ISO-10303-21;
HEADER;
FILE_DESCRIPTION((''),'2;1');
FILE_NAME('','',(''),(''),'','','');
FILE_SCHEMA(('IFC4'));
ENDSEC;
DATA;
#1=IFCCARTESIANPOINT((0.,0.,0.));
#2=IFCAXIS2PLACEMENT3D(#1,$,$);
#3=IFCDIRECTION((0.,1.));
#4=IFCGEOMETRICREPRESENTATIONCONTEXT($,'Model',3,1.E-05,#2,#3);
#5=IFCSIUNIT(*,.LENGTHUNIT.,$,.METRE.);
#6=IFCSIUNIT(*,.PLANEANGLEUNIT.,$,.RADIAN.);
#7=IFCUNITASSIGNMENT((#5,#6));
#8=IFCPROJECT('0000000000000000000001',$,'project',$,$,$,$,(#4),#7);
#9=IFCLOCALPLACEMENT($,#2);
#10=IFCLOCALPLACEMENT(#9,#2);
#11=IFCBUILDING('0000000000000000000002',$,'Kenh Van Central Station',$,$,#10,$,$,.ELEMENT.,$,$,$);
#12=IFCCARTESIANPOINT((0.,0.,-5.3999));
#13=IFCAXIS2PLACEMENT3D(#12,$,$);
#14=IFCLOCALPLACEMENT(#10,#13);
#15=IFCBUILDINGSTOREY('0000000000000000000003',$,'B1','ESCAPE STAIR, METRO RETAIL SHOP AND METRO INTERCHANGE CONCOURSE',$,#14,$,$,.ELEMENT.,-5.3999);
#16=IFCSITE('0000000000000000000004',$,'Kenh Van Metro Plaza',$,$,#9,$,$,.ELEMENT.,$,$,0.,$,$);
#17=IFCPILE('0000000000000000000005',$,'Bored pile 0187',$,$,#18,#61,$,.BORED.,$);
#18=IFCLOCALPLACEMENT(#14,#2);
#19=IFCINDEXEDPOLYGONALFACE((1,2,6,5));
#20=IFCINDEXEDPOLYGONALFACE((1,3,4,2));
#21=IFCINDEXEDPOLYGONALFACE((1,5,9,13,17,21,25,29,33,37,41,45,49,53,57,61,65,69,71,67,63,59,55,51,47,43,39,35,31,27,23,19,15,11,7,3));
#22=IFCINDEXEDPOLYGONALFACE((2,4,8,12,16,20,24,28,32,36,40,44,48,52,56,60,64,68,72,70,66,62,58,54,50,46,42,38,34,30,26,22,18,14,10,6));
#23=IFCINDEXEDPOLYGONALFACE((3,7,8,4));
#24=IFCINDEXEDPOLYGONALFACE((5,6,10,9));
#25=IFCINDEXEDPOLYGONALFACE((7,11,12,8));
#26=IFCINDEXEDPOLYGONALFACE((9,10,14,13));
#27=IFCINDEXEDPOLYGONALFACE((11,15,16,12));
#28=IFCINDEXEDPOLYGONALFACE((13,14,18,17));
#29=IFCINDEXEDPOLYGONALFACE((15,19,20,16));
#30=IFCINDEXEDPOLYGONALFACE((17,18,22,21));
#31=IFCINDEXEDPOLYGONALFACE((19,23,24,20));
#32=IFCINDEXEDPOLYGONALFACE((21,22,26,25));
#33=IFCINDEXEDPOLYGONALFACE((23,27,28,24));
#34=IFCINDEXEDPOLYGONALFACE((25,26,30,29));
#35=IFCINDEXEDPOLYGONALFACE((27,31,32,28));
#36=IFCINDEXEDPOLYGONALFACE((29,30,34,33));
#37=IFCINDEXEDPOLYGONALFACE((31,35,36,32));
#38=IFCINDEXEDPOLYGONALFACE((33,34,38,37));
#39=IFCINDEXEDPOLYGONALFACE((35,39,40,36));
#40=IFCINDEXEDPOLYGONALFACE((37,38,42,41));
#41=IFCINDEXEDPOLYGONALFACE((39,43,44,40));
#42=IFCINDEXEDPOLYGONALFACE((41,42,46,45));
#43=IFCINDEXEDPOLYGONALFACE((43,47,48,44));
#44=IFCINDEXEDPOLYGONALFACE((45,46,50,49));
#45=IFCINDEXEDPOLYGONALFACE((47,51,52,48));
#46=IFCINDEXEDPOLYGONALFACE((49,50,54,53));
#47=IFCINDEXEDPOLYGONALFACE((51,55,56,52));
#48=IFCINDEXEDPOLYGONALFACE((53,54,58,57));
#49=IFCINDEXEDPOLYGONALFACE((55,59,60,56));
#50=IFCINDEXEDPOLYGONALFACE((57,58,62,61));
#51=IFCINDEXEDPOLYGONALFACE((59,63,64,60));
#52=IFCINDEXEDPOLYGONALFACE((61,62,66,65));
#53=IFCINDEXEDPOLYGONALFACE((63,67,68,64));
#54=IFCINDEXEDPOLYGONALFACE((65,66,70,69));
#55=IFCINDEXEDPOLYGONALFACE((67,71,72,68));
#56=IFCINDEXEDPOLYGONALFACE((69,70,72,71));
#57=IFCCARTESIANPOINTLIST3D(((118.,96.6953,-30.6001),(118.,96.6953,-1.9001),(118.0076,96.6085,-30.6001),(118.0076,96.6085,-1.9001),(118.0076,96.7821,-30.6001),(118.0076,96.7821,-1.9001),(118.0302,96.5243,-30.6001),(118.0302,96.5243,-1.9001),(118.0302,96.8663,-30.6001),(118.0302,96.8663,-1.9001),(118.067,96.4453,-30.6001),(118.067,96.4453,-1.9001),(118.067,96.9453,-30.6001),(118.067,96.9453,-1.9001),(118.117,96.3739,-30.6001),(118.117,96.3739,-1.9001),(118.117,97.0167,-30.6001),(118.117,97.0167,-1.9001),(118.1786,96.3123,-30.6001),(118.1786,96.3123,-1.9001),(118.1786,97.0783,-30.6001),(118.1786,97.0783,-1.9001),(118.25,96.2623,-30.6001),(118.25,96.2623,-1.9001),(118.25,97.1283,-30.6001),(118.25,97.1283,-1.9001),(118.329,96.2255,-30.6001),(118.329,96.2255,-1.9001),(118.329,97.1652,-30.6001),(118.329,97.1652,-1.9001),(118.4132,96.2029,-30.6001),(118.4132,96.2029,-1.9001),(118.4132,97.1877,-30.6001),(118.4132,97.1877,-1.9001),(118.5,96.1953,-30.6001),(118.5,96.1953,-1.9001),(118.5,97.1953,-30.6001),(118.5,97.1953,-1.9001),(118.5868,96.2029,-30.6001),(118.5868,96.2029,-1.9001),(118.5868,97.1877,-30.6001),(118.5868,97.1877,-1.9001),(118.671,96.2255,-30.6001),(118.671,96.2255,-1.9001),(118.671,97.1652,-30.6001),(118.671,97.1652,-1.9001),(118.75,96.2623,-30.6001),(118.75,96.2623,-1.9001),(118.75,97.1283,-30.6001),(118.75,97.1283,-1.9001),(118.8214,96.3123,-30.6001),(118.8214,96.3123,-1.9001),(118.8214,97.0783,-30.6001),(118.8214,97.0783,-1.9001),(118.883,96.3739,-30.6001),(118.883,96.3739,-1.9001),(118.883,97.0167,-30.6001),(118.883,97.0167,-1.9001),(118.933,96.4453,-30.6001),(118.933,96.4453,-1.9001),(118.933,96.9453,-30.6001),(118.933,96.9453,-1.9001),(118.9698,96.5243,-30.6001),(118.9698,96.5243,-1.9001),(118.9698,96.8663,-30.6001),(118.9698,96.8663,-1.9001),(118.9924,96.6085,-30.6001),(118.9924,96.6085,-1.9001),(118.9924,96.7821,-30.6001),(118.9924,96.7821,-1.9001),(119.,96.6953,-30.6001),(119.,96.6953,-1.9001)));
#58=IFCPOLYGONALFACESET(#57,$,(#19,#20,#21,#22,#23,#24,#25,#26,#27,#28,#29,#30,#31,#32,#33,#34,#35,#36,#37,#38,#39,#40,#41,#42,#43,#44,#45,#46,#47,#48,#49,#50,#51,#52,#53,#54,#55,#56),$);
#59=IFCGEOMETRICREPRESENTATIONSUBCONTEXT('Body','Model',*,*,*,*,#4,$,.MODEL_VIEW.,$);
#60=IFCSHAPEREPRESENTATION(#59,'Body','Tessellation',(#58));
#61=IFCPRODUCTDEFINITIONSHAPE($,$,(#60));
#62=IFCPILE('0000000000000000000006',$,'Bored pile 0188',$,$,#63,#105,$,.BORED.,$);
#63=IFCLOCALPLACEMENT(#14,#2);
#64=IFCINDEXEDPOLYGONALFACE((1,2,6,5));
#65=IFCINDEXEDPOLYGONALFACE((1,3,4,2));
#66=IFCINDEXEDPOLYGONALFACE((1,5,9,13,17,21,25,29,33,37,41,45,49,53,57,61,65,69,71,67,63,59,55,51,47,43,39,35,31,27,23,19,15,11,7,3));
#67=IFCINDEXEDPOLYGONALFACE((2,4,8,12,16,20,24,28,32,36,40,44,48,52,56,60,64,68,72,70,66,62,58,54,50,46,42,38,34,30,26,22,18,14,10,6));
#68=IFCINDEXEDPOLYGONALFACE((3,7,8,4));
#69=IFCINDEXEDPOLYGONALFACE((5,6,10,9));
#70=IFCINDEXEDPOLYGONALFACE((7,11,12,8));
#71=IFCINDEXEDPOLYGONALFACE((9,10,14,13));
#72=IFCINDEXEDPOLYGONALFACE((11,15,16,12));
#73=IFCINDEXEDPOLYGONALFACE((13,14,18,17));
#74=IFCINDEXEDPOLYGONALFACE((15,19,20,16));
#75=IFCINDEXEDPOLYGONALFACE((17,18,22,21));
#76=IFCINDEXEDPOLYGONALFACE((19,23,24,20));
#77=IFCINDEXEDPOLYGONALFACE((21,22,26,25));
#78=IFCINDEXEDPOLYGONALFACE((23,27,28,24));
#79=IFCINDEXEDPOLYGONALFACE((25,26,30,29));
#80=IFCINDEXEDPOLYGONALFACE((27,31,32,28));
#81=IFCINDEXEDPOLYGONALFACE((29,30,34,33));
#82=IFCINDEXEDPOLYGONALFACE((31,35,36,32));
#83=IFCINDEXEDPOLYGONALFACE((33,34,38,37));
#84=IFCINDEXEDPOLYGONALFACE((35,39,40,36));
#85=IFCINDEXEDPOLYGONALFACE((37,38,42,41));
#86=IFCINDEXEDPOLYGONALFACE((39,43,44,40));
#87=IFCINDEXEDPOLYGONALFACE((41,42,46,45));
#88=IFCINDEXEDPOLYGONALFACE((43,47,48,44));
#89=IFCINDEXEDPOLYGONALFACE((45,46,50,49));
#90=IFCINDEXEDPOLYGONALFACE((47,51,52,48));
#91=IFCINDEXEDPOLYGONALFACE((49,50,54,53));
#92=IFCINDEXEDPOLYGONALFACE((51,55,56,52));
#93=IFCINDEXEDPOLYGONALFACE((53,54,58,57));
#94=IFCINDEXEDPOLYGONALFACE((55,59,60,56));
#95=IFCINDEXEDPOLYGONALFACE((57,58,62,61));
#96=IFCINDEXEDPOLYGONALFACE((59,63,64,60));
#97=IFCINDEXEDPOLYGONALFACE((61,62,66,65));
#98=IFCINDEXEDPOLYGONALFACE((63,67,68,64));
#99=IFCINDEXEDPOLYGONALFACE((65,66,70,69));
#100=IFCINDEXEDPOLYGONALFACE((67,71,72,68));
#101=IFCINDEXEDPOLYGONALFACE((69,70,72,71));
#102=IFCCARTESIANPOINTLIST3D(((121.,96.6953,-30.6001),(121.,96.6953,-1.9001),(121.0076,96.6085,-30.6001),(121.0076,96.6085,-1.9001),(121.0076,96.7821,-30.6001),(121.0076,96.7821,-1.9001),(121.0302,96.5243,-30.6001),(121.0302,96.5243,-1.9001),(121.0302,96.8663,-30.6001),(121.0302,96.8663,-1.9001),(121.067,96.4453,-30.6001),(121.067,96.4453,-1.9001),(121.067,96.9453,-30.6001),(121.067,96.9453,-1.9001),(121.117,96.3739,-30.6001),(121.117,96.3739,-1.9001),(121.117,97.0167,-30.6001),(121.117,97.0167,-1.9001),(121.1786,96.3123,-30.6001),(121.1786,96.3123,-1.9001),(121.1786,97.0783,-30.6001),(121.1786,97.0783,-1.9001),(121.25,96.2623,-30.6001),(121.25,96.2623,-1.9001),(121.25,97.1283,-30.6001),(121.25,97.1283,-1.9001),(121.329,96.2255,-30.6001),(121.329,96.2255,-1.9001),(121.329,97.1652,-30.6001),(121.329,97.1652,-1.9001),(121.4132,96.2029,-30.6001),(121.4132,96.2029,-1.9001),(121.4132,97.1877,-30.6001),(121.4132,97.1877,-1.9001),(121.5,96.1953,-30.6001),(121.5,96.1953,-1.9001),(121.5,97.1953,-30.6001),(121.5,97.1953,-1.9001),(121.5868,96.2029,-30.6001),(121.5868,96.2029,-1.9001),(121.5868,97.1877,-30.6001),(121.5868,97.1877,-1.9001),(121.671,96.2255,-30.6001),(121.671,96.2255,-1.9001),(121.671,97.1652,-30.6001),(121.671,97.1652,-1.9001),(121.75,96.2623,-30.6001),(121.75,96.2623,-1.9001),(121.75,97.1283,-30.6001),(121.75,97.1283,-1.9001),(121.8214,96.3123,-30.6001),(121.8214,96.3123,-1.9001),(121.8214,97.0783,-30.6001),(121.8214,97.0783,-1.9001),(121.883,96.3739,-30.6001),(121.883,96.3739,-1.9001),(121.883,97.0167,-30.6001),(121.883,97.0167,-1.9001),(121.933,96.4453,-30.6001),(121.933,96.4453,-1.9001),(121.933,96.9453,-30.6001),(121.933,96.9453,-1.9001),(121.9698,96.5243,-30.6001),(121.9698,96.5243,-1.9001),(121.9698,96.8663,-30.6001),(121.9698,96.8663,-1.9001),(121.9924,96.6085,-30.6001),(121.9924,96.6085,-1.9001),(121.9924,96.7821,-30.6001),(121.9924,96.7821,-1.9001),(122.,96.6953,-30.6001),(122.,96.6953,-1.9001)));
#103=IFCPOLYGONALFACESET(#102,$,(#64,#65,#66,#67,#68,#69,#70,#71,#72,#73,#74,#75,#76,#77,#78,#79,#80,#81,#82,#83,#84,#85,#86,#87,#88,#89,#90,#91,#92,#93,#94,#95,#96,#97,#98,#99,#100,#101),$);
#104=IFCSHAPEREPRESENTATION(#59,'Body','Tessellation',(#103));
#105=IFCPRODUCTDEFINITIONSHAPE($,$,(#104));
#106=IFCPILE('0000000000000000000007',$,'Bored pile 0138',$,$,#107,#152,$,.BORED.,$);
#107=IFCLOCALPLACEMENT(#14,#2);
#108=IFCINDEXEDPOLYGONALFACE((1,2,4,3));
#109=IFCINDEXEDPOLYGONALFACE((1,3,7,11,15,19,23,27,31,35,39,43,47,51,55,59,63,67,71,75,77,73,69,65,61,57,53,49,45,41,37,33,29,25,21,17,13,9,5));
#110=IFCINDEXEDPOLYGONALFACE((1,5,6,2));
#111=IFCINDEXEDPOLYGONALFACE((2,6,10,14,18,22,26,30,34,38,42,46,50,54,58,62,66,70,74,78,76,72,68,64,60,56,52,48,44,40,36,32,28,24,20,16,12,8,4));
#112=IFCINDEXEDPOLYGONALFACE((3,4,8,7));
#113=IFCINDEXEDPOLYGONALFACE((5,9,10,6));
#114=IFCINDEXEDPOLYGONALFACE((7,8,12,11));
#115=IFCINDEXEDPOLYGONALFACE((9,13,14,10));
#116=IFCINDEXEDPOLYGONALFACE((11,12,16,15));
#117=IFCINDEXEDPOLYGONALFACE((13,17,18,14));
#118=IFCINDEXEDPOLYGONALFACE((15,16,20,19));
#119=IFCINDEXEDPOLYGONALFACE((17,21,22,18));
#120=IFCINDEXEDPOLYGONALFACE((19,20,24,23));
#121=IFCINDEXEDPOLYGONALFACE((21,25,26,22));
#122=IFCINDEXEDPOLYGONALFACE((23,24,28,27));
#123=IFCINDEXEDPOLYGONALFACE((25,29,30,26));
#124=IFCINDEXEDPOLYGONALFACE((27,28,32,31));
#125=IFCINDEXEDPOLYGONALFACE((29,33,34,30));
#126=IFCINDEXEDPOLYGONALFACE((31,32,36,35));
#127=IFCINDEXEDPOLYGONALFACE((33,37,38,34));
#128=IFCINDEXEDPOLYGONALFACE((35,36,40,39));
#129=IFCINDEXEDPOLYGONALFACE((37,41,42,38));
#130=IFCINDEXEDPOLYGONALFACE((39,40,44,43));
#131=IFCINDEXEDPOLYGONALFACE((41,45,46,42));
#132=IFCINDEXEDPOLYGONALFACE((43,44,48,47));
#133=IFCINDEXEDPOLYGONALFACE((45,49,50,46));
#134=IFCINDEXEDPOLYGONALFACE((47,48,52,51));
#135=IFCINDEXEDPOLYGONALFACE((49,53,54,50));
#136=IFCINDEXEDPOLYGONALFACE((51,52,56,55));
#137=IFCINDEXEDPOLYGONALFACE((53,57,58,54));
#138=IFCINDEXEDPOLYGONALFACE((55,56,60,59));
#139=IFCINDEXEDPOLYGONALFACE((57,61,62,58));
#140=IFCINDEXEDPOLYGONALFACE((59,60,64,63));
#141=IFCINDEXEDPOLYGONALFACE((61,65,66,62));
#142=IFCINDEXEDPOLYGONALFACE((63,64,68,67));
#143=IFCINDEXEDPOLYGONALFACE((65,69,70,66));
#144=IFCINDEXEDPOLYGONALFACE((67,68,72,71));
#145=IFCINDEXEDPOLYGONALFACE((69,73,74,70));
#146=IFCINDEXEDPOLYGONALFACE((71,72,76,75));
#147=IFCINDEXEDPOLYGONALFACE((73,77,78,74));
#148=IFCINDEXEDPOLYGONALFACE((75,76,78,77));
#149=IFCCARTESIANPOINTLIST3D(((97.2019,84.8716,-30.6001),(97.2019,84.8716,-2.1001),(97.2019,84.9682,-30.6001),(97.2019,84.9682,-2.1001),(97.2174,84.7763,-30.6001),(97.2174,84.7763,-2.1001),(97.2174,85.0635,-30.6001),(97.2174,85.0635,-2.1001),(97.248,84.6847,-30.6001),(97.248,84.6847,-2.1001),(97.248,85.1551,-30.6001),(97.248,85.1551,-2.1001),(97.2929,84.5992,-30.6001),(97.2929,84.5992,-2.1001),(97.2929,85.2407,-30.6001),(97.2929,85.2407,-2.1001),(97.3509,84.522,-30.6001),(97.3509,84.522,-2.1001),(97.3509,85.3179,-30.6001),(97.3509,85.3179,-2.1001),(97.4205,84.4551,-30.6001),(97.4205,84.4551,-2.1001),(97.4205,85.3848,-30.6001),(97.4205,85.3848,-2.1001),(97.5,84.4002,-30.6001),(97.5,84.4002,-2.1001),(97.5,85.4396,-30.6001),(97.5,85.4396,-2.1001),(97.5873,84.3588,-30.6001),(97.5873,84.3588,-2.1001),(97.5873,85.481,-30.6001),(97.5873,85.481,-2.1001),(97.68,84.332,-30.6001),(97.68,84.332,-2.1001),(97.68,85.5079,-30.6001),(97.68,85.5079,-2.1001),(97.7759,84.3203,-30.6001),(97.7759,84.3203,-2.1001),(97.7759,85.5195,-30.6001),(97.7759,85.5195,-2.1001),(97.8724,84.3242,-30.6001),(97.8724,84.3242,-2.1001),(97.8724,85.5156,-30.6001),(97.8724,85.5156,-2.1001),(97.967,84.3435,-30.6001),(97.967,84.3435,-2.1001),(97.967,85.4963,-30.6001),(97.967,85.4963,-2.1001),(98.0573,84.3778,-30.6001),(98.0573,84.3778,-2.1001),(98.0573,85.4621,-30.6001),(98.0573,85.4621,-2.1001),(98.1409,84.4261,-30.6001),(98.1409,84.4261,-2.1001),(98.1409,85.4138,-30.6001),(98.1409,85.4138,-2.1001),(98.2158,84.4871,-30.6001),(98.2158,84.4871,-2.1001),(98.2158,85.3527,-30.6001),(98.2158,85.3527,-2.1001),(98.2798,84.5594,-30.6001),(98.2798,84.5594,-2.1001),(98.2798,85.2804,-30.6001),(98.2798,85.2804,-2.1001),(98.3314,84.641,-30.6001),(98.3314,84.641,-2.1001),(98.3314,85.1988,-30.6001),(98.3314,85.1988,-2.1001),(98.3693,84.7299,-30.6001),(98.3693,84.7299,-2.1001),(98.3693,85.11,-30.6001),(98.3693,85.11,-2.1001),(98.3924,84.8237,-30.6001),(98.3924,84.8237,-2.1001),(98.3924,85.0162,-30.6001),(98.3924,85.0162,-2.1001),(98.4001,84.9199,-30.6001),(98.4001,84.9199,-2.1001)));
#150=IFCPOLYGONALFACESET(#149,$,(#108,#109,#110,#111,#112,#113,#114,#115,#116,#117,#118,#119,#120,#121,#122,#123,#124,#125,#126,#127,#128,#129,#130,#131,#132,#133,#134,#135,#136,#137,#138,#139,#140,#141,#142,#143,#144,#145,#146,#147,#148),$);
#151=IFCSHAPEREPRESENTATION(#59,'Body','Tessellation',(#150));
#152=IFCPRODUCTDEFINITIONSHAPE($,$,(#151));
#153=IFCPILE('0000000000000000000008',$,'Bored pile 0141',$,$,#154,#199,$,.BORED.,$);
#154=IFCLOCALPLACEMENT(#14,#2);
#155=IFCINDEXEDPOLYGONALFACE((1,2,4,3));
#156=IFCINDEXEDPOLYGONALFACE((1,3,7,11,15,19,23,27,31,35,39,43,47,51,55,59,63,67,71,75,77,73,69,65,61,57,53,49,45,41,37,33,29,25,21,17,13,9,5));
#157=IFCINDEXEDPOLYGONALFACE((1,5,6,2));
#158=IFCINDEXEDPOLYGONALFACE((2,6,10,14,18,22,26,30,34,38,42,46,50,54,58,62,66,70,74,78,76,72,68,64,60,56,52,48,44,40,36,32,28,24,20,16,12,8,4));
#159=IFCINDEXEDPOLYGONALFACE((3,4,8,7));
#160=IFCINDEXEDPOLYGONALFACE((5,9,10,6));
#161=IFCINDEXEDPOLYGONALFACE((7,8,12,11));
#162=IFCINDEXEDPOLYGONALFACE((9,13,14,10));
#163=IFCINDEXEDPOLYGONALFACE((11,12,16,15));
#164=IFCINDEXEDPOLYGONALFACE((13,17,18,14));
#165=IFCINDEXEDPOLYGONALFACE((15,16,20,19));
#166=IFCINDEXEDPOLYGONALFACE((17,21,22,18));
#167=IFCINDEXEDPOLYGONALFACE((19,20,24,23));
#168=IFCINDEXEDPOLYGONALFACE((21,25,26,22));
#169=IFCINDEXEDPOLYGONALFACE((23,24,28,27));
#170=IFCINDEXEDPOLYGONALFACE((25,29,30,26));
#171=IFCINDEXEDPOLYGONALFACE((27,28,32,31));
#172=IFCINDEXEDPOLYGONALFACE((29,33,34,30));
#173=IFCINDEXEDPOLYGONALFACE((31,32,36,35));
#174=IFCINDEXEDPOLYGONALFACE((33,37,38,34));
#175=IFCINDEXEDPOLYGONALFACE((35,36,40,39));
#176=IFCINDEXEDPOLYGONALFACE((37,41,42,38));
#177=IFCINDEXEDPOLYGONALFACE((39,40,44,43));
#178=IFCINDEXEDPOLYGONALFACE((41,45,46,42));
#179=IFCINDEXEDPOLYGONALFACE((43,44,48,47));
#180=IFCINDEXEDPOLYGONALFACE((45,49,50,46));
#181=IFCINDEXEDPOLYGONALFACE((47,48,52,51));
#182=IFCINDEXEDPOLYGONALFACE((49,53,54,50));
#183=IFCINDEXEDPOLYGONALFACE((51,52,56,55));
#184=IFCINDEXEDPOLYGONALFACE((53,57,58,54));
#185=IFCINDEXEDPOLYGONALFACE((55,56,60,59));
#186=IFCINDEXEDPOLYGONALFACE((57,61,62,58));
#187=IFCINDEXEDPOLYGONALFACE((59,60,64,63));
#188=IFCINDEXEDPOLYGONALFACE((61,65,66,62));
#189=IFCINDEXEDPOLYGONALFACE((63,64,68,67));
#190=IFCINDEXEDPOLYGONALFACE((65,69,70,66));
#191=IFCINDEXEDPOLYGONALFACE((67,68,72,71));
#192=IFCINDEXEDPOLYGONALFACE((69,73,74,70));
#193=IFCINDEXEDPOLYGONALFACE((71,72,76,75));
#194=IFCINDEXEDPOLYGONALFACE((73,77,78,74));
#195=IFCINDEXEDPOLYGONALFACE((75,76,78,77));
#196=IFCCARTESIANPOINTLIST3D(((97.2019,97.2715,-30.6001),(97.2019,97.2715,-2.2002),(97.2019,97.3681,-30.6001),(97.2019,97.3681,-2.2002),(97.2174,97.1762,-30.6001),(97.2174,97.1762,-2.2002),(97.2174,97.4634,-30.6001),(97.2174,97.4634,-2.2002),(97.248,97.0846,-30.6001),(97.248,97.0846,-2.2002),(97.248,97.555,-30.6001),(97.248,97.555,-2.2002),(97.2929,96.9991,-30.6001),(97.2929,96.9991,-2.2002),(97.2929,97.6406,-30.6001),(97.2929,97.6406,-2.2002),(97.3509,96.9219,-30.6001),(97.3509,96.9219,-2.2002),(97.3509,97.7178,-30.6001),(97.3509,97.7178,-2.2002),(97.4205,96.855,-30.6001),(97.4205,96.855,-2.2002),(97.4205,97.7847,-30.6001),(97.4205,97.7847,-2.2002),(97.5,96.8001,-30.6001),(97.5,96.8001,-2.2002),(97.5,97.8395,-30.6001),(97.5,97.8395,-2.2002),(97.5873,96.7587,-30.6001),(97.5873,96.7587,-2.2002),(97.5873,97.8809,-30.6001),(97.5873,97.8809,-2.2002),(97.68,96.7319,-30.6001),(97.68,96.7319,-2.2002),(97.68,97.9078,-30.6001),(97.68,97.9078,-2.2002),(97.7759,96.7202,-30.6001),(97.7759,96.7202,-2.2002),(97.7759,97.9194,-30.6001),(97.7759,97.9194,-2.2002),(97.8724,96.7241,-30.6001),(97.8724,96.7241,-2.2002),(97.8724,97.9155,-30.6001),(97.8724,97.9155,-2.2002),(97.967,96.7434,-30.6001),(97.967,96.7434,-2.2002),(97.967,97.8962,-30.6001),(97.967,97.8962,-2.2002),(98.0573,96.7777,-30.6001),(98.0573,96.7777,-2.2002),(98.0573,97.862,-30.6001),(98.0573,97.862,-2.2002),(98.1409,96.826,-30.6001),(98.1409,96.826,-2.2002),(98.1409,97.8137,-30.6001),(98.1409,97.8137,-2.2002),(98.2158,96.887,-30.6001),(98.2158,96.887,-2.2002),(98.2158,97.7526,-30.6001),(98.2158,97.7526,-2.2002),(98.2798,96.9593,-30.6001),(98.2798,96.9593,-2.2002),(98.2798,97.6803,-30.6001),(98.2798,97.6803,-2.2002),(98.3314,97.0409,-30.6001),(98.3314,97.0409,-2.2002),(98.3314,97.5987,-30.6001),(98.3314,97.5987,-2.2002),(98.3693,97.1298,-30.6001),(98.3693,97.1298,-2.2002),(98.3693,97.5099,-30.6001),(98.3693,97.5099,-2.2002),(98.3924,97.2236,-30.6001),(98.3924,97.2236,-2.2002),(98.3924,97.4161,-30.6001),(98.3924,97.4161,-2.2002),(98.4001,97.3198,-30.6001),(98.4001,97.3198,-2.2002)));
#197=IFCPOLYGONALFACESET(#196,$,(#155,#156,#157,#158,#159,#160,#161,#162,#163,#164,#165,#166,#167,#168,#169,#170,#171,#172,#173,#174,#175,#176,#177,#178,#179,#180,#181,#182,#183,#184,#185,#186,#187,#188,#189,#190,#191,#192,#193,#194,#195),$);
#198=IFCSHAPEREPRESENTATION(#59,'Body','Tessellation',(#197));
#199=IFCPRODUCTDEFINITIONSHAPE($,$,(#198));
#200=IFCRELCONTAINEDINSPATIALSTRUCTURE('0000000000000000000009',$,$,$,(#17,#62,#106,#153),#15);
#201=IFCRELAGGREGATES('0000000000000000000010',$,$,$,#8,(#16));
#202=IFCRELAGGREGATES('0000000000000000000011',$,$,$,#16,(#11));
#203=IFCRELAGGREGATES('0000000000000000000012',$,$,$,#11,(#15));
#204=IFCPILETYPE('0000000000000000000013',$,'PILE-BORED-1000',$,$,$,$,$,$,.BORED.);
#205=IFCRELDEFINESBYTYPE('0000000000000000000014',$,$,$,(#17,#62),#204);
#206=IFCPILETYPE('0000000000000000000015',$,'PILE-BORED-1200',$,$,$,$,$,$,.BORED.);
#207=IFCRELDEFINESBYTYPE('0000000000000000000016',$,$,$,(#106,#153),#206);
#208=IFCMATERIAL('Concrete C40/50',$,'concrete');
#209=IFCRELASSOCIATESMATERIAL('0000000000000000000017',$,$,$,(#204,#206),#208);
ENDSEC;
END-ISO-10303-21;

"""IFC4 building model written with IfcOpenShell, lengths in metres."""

from ifc_helpers import new_model, si_unit, direction, frame, origin, origin_2d, place, context, subcontext, project, spatial, circle, extrude, material, material_profile, profile_set, type_object, element, save


model = new_model("IFC4")

# Units and contexts
model_context = context("Model", 3, precision=1e-05, world=origin(), true_north=direction((0.0, 1.0)))
body_context = subcontext(model_context, "Body", "Model", "MODEL_VIEW")
ifc_project = project(units=[si_unit("LENGTHUNIT", "METRE"), si_unit("PLANEANGLEUNIT", "RADIAN")], contexts=[model_context])

# Site, building, storey
site_placement = place(None, origin())
site = spatial("IfcSite", under=ifc_project, at=site_placement, Name="Kenh Van Metro Plaza", CompositionType="ELEMENT", RefElevation=0.0)
building_placement = place(site_placement, origin())
building = spatial("IfcBuilding", under=site, at=building_placement, Name="Kenh Van Central Station", CompositionType="ELEMENT")
storey_placement = place(building_placement, frame((0.0, 0.0, -5.3999)))
storey = spatial("IfcBuildingStorey", under=building, at=storey_placement, Name="B1", Description="ESCAPE STAIR, METRO RETAIL SHOP AND METRO INTERCHANGE CONCOURSE", CompositionType="ELEMENT", Elevation=-5.3999)

# Shared definitions
ifc_material = material(Name="Concrete C40/50", Category="concrete")

# Piles
ifc_material_profile_1 = material_profile(ifc_material, circle(Radius=0.5, at=origin_2d()), Name="PILE D1000")
ifc_profile_set_1 = profile_set([ifc_material_profile_1], Name="Concrete C40/50")
pile_type_1 = type_object("IfcPileType", Name="PILE-BORED-1000", PredefinedType="BORED", material=ifc_profile_set_1)
for number, where, z_axis, x_axis, name in (
    (1, (118.5, 96.6953, -1.9001), (0.0, 0.0, -1.0), (1.0, 0.0, 0.0), "Bored pile 0187"),
    (2, (121.5, 96.6953, -1.9001), (0.0, 0.0, -1.0), (1.0, 0.0, 0.0), "Bored pile 0188"),
):
    element("IfcPile", number, at=place(storey_placement, frame(where, z_axis=z_axis, x_axis=x_axis)), inside=storey, type_object=pile_type_1, Name=name, PredefinedType="BORED", context=body_context, shape_type="SweptSolid", body=[
        extrude(circle(Radius=0.5, at=origin_2d()), origin(), (0.0, 0.0, 1.0), 28.7),
    ])
ifc_material_profile_2 = material_profile(ifc_material, circle(Radius=0.6001, at=origin_2d()), Name="PILE D1200")
ifc_profile_set_2 = profile_set([ifc_material_profile_2], Name="Concrete C40/50")
pile_type_2 = type_object("IfcPileType", Name="PILE-BORED-1200", PredefinedType="BORED", material=ifc_profile_set_2)
pile_1_placement = place(storey_placement, frame((97.8, 84.9199, -2.1001), z_axis=(0.0, 0.0, -1.0), x_axis=(1.0, 0.0, 0.0)))
element("IfcPile", 3, at=pile_1_placement, inside=storey, type_object=pile_type_2, Name="Bored pile 0138", PredefinedType="BORED", context=body_context, shape_type="SweptSolid", body=[
    extrude(circle(Radius=0.6001, at=origin_2d()), origin(), (0.0, 0.0, 1.0), 28.5),
])
pile_2_placement = place(storey_placement, frame((97.8, 97.3198, -2.2002), z_axis=(0.0, 0.0, -1.0), x_axis=(1.0, 0.0, 0.0)))
element("IfcPile", 4, at=pile_2_placement, inside=storey, type_object=pile_type_2, Name="Bored pile 0141", PredefinedType="BORED", context=body_context, shape_type="SweptSolid", body=[
    extrude(circle(Radius=0.6001, at=origin_2d()), origin(), (0.0, 0.0, 1.0), 28.3999),
])

save(model, "model.ifc")
